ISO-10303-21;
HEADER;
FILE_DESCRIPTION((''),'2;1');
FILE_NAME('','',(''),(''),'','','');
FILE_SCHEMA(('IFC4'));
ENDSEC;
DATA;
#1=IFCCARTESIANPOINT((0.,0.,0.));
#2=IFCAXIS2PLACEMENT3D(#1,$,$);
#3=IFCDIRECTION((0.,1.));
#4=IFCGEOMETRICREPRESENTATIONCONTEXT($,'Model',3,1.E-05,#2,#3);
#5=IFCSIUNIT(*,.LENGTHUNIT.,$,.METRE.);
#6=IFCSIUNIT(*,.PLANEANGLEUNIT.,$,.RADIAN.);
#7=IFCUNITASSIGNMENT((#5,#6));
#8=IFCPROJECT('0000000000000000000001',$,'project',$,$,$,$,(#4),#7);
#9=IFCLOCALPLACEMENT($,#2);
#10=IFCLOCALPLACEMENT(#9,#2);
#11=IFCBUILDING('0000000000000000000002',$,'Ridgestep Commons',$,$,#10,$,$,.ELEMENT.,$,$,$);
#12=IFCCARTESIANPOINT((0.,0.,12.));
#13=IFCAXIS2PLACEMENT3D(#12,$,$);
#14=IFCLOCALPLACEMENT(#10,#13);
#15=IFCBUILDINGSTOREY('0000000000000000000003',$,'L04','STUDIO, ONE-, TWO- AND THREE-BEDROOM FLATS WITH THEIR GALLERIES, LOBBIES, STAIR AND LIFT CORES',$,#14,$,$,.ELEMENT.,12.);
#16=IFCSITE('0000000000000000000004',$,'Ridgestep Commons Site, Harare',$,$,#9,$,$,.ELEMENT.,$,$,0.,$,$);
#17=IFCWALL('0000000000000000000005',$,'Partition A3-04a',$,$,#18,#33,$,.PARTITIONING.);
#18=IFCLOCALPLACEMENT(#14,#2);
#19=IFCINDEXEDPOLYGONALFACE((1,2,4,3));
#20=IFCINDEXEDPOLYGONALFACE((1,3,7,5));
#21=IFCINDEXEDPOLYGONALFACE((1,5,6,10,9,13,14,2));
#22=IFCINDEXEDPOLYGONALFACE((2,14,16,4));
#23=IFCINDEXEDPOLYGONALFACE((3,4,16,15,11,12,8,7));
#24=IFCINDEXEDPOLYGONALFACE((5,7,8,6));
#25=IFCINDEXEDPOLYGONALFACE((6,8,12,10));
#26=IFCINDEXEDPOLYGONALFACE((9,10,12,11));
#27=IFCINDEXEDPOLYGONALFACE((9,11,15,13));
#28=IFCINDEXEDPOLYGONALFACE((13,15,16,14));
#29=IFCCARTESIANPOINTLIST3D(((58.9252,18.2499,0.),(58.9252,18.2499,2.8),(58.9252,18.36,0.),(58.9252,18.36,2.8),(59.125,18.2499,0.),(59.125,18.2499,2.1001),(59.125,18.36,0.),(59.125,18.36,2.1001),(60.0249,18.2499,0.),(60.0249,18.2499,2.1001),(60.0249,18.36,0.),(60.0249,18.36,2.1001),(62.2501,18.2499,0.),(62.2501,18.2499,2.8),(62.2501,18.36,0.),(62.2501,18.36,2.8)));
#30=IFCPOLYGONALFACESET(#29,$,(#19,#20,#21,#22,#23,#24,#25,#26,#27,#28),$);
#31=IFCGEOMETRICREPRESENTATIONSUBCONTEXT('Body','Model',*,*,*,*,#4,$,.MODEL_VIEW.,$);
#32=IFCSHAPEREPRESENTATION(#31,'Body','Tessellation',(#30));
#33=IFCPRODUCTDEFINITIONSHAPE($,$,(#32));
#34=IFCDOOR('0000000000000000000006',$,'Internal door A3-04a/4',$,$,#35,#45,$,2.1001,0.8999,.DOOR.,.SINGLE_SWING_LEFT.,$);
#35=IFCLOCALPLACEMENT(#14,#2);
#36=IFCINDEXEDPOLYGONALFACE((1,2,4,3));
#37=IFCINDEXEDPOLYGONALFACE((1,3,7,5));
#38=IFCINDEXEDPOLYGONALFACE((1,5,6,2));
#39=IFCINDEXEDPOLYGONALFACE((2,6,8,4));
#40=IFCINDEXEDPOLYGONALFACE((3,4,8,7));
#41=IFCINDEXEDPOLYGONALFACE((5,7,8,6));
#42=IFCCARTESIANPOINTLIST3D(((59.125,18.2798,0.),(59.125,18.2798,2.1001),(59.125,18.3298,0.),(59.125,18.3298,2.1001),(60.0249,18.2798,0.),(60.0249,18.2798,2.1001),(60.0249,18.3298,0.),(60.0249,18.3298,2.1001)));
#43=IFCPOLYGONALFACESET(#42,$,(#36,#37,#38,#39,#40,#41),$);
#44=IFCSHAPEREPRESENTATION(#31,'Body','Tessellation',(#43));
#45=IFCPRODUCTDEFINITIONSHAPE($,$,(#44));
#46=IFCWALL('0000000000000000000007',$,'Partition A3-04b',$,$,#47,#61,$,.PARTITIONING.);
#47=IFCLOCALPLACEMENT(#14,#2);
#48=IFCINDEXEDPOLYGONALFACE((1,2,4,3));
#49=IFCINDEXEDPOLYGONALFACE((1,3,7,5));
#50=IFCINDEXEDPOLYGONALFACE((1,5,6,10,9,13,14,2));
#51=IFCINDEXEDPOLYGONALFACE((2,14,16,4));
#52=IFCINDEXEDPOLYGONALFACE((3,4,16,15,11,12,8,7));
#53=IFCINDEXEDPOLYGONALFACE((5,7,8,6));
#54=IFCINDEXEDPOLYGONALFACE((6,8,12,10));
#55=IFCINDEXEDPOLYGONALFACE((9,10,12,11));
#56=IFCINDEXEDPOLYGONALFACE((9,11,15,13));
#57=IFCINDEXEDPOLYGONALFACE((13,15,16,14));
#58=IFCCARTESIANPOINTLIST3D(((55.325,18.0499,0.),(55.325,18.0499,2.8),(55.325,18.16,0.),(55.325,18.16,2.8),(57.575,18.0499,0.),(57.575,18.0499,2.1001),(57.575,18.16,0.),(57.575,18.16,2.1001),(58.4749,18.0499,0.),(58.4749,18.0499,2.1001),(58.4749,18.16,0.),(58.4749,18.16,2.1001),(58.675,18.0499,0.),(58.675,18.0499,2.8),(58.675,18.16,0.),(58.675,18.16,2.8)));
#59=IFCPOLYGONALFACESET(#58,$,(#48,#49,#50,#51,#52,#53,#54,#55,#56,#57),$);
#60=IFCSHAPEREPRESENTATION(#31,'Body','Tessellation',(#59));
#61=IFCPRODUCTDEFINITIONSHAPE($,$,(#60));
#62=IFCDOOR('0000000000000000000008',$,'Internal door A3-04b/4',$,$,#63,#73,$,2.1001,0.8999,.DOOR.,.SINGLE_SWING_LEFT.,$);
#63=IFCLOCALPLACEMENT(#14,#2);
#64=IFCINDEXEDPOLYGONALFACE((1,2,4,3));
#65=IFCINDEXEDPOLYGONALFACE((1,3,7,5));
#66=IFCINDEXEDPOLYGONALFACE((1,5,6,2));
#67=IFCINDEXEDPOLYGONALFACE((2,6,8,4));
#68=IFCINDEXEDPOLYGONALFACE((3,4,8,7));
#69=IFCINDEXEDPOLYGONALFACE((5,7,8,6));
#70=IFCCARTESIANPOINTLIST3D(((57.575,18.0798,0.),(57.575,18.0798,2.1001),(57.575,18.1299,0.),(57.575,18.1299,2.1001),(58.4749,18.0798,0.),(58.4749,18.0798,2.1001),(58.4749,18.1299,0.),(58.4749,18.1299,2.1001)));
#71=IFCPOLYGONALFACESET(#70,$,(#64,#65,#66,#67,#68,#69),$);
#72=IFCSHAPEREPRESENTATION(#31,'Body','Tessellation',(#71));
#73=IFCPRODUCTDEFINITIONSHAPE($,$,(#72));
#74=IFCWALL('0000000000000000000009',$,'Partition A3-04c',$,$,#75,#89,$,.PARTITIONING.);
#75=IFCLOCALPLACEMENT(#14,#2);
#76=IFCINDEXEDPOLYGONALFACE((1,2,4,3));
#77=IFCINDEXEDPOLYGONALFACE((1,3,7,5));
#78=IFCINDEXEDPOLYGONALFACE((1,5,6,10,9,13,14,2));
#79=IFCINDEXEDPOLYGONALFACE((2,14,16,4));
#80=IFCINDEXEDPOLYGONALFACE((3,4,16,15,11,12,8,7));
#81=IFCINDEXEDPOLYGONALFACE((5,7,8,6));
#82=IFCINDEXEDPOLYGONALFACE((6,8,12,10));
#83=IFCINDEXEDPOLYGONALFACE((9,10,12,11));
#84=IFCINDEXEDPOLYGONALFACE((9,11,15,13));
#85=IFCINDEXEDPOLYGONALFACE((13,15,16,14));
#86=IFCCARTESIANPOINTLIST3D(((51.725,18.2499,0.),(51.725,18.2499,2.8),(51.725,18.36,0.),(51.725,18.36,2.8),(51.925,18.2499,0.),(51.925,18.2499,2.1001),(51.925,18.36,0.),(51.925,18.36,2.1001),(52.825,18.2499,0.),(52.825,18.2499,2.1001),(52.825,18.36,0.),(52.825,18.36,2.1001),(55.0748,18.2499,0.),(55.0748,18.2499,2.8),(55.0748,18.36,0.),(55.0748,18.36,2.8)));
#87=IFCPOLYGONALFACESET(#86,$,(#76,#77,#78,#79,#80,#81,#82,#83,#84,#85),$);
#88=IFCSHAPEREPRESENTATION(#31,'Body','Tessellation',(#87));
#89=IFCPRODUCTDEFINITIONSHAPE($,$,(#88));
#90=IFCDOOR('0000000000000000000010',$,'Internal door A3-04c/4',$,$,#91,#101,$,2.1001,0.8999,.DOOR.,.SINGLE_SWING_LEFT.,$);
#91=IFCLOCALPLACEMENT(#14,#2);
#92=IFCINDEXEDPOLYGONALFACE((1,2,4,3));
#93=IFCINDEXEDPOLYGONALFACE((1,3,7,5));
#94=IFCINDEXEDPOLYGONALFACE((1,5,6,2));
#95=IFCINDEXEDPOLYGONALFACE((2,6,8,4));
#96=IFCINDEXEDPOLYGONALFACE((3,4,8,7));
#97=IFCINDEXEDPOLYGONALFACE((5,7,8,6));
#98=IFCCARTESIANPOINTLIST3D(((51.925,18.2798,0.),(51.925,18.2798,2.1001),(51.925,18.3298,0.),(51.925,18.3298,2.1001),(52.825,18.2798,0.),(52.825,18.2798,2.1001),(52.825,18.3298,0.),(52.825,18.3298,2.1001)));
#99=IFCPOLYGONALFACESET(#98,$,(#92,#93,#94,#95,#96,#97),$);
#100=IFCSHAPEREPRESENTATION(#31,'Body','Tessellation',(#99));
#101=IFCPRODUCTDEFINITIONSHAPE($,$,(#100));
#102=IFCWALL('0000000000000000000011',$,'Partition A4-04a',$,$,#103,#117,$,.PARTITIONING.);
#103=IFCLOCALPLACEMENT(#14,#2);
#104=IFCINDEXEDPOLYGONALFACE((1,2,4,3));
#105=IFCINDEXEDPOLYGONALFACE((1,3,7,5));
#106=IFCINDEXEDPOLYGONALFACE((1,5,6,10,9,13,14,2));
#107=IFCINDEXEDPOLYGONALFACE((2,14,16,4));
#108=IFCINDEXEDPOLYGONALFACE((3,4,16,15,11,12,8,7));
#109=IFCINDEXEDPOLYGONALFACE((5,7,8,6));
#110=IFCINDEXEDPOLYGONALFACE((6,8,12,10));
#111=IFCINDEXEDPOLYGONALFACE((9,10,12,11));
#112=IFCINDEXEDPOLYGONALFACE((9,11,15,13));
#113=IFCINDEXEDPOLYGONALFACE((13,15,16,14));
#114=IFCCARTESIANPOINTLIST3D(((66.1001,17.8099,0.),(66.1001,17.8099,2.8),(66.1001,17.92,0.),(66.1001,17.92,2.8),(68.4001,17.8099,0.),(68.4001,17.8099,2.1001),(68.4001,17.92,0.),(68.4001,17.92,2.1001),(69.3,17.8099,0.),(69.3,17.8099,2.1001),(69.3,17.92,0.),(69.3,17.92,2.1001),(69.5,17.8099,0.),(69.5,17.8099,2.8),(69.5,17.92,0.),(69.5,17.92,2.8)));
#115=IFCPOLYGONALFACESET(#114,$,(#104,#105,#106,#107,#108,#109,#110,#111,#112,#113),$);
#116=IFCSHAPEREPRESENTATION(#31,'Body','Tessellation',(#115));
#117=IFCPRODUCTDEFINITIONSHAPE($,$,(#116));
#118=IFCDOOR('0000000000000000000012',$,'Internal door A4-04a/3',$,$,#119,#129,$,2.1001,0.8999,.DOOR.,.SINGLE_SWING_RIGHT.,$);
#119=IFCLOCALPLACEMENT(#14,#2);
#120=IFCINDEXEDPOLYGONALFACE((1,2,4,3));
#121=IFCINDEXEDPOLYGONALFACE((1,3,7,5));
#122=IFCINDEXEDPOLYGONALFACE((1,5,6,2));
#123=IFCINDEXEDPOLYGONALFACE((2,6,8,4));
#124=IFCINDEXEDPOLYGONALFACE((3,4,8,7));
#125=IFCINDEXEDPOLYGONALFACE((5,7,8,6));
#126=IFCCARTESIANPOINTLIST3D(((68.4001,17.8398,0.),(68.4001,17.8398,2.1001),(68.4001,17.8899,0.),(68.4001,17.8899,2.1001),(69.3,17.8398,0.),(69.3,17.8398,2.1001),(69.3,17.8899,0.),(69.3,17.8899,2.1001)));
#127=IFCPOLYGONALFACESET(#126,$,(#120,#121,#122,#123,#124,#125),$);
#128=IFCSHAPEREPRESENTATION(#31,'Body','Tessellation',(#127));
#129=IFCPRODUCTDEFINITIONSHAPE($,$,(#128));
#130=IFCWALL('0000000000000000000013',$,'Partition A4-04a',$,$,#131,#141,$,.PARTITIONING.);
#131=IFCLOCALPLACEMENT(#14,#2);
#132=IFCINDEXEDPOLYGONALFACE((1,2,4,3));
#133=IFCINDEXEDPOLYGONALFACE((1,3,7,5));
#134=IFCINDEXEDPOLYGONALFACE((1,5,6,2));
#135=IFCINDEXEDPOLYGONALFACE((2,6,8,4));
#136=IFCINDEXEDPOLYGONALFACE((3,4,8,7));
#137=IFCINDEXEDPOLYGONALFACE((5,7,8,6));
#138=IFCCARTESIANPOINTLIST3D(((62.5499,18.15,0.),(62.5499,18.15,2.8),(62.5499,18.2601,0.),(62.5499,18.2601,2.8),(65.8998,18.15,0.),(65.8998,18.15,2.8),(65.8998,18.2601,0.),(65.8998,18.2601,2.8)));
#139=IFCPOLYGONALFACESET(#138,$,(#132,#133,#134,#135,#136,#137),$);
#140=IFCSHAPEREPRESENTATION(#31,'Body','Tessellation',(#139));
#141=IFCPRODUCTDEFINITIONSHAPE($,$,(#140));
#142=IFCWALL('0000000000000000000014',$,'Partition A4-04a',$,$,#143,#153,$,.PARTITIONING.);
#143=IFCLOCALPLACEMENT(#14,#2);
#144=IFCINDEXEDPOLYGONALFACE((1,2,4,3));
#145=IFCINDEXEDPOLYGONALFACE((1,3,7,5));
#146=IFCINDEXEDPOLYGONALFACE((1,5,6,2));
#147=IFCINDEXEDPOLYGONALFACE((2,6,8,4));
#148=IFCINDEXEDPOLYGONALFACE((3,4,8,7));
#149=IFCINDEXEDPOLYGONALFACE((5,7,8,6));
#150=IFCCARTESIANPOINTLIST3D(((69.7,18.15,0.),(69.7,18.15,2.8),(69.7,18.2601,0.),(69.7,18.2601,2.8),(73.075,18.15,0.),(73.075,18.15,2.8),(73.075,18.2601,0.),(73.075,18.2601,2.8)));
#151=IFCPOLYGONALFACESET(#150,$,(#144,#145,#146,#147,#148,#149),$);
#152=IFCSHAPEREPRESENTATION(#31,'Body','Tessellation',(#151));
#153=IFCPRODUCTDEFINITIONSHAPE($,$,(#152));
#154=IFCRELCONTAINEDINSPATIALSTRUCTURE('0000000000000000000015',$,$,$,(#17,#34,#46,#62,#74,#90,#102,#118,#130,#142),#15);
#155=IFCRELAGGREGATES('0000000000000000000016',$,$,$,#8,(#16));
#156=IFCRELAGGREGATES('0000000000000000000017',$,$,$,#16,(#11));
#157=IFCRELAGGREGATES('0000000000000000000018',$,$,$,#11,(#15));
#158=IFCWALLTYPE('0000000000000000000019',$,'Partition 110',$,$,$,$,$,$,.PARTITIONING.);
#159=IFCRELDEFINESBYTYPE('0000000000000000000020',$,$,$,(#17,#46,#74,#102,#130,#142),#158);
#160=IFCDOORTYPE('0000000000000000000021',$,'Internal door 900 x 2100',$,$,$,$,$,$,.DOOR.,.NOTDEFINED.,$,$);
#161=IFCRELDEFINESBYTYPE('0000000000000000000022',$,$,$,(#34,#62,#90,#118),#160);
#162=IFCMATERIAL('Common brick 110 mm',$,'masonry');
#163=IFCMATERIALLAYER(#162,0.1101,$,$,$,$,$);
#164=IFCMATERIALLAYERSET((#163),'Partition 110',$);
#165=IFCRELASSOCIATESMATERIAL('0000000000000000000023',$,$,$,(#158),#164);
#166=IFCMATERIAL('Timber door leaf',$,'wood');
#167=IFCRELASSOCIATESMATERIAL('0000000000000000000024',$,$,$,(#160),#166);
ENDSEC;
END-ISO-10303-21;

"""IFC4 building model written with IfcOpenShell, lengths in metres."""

from ifc_helpers import new_model, si_unit, direction, frame, frame_2d, origin, place, context, subcontext, project, spatial, rectangle, extrude, material, layer, layer_set, type_object, element, fill, save


model = new_model("IFC4")

# Units and contexts
model_context = context("Model", 3, precision=1e-05, world=origin(), true_north=direction((0.0, 1.0)))
body_context = subcontext(model_context, "Body", "Model", "MODEL_VIEW")
ifc_project = project(units=[si_unit("LENGTHUNIT", "METRE"), si_unit("PLANEANGLEUNIT", "RADIAN")], contexts=[model_context])

# Site, building, storey
site_placement = place(None, origin())
site = spatial("IfcSite", under=ifc_project, at=site_placement, Name="Ridgestep Commons Site, Harare", CompositionType="ELEMENT", RefElevation=0.0)
building_placement = place(site_placement, origin())
building = spatial("IfcBuilding", under=site, at=building_placement, Name="Ridgestep Commons", CompositionType="ELEMENT")
storey_placement = place(building_placement, frame((0.0, 0.0, 12.0)))
storey = spatial("IfcBuildingStorey", under=building, at=storey_placement, Name="L04", Description="STUDIO, ONE-, TWO- AND THREE-BEDROOM FLATS WITH THEIR GALLERIES, LOBBIES, STAIR AND LIFT CORES", CompositionType="ELEMENT", Elevation=12.0)

# Walls, openings, doors
ifc_material_1 = material(Name="Common brick 110 mm", Category="masonry")
ifc_layer = layer(ifc_material_1, 0.1101)
ifc_layer_set = layer_set([ifc_layer], Name="Partition 110")
wall_type = type_object("IfcWallType", Name="Partition 110", PredefinedType="PARTITIONING", material=ifc_layer_set)
wall_1_placement = place(storey_placement, frame((58.925, 18.3049, 0.0), z_axis=(0.0, 0.0, 1.0), x_axis=(1.0, 0.0, 0.0)))
wall_1 = element("IfcWall", 1, at=wall_1_placement, inside=storey, type_object=wall_type, Name="Partition A3-04a", PredefinedType="PARTITIONING", context=body_context, shape_type="SweptSolid", body=[
    extrude(rectangle(XDim=3.325, YDim=0.1101, at=frame_2d((1.6626, 0.0))), origin(), (0.0, 0.0, 1.0), 2.8),
])
opening_1_placement = place(wall_1_placement, frame((0.2, 0.0, 0.0)))
opening_1 = element("IfcOpeningElement", 2, at=opening_1_placement, cuts=wall_1, PredefinedType="OPENING", context=body_context, shape_type="SweptSolid", body=[
    extrude(rectangle(XDim=0.8999, YDim=2.1001, at=frame_2d((0.45, 1.05))), frame((0.0, 0.0649, 0.0), z_axis=(0.0, -1.0, 0.0), x_axis=(1.0, 0.0, 0.0)), (0.0, 0.0, 1.0), 0.1301),
])
ifc_material_2 = material(Name="Timber door leaf", Category="wood")
door_type = type_object("IfcDoorType", Name="Internal door 900 x 2100", OperationType="NOTDEFINED", PredefinedType="DOOR", material=ifc_material_2)
door_1_placement = place(opening_1_placement, origin())
door_1 = element("IfcDoor", 3, at=door_1_placement, inside=storey, type_object=door_type, Name="Internal door A3-04a/4", OperationType="SINGLE_SWING_LEFT", OverallHeight=2.1001, OverallWidth=0.8999, PredefinedType="DOOR", context=body_context, shape_type="SweptSolid", body=[
    extrude(rectangle(XDim=0.8999, YDim=2.1001, at=frame_2d((0.45, 1.05))), frame((0.0, 0.0249, 0.0), z_axis=(0.0, -1.0, 0.0), x_axis=(1.0, 0.0, 0.0)), (0.0, 0.0, 1.0), 0.05),
])
fill(opening_1, door_1)
wall_2_placement = place(storey_placement, frame((55.325, 18.105, 0.0), z_axis=(0.0, 0.0, 1.0), x_axis=(1.0, 0.0, 0.0)))
wall_2 = element("IfcWall", 4, at=wall_2_placement, inside=storey, type_object=wall_type, Name="Partition A3-04b", PredefinedType="PARTITIONING", context=body_context, shape_type="SweptSolid", body=[
    extrude(rectangle(XDim=3.3501, YDim=0.1101, at=frame_2d((1.675, 0.0))), origin(), (0.0, 0.0, 1.0), 2.8),
])
opening_2_placement = place(wall_2_placement, frame((2.25, 0.0, 0.0)))
opening_2 = element("IfcOpeningElement", 5, at=opening_2_placement, cuts=wall_2, PredefinedType="OPENING", context=body_context, shape_type="SweptSolid", body=[
    extrude(rectangle(XDim=0.8999, YDim=2.1001, at=frame_2d((0.45, 1.05))), frame((0.0, 0.0649, 0.0), z_axis=(0.0, -1.0, 0.0), x_axis=(1.0, 0.0, 0.0)), (0.0, 0.0, 1.0), 0.1301),
])
door_2_placement = place(opening_2_placement, origin())
door_2 = element("IfcDoor", 6, at=door_2_placement, inside=storey, type_object=door_type, Name="Internal door A3-04b/4", OperationType="SINGLE_SWING_LEFT", OverallHeight=2.1001, OverallWidth=0.8999, PredefinedType="DOOR", context=body_context, shape_type="SweptSolid", body=[
    extrude(rectangle(XDim=0.8999, YDim=2.1001, at=frame_2d((0.45, 1.05))), frame((0.0, 0.0249, 0.0), z_axis=(0.0, -1.0, 0.0), x_axis=(1.0, 0.0, 0.0)), (0.0, 0.0, 1.0), 0.05),
])
fill(opening_2, door_2)
wall_3_placement = place(storey_placement, frame((51.7251, 18.3049, 0.0), z_axis=(0.0, 0.0, 1.0), x_axis=(1.0, 0.0, 0.0)))
wall_3 = element("IfcWall", 7, at=wall_3_placement, inside=storey, type_object=wall_type, Name="Partition A3-04c", PredefinedType="PARTITIONING", context=body_context, shape_type="SweptSolid", body=[
    extrude(rectangle(XDim=3.3499, YDim=0.1101, at=frame_2d((1.6748, 0.0))), origin(), (0.0, 0.0, 1.0), 2.8),
])
opening_3_placement = place(wall_3_placement, frame((0.2, 0.0, 0.0)))
opening_3 = element("IfcOpeningElement", 8, at=opening_3_placement, cuts=wall_3, PredefinedType="OPENING", context=body_context, shape_type="SweptSolid", body=[
    extrude(rectangle(XDim=0.8999, YDim=2.1001, at=frame_2d((0.45, 1.05))), frame((0.0, 0.0649, 0.0), z_axis=(0.0, -1.0, 0.0), x_axis=(1.0, 0.0, 0.0)), (0.0, 0.0, 1.0), 0.1301),
])
door_3_placement = place(opening_3_placement, origin())
door_3 = element("IfcDoor", 9, at=door_3_placement, inside=storey, type_object=door_type, Name="Internal door A3-04c/4", OperationType="SINGLE_SWING_LEFT", OverallHeight=2.1001, OverallWidth=0.8999, PredefinedType="DOOR", context=body_context, shape_type="SweptSolid", body=[
    extrude(rectangle(XDim=0.8999, YDim=2.1001, at=frame_2d((0.45, 1.05))), frame((0.0, 0.0249, 0.0), z_axis=(0.0, -1.0, 0.0), x_axis=(1.0, 0.0, 0.0)), (0.0, 0.0, 1.0), 0.05),
])
fill(opening_3, door_3)
wall_4_placement = place(storey_placement, frame((66.1001, 17.865, 0.0), z_axis=(0.0, 0.0, 1.0), x_axis=(1.0, 0.0, 0.0)))
wall_4 = element("IfcWall", 10, at=wall_4_placement, inside=storey, type_object=wall_type, Name="Partition A4-04a", PredefinedType="PARTITIONING", context=body_context, shape_type="SweptSolid", body=[
    extrude(rectangle(XDim=3.3999, YDim=0.1101, at=frame_2d((1.7, 0.0))), origin(), (0.0, 0.0, 1.0), 2.8),
])
opening_4_placement = place(wall_4_placement, frame((2.3, 0.0, 0.0)))
opening_4 = element("IfcOpeningElement", 11, at=opening_4_placement, cuts=wall_4, PredefinedType="OPENING", context=body_context, shape_type="SweptSolid", body=[
    extrude(rectangle(XDim=0.8999, YDim=2.1001, at=frame_2d((0.45, 1.05))), frame((0.0, 0.0649, 0.0), z_axis=(0.0, -1.0, 0.0), x_axis=(1.0, 0.0, 0.0)), (0.0, 0.0, 1.0), 0.1301),
])
door_4_placement = place(opening_4_placement, origin())
door_4 = element("IfcDoor", 12, at=door_4_placement, inside=storey, type_object=door_type, Name="Internal door A4-04a/3", OperationType="SINGLE_SWING_RIGHT", OverallHeight=2.1001, OverallWidth=0.8999, PredefinedType="DOOR", context=body_context, shape_type="SweptSolid", body=[
    extrude(rectangle(XDim=0.8999, YDim=2.1001, at=frame_2d((0.45, 1.05))), frame((0.0, 0.0249, 0.0), z_axis=(0.0, -1.0, 0.0), x_axis=(1.0, 0.0, 0.0)), (0.0, 0.0, 1.0), 0.05),
])
fill(opening_4, door_4)

# Walls
wall_5_placement = place(storey_placement, frame((62.55, 18.2051, 0.0), z_axis=(0.0, 0.0, 1.0), x_axis=(1.0, 0.0, 0.0)))
element("IfcWall", 13, at=wall_5_placement, inside=storey, type_object=wall_type, Name="Partition A4-04a", PredefinedType="PARTITIONING", context=body_context, shape_type="SweptSolid", body=[
    extrude(rectangle(XDim=3.3499, YDim=0.1101, at=frame_2d((1.6748, 0.0))), origin(), (0.0, 0.0, 1.0), 2.8),
])
wall_6_placement = place(storey_placement, frame((69.7, 18.2051, 0.0), z_axis=(0.0, 0.0, 1.0), x_axis=(1.0, 0.0, 0.0)))
element("IfcWall", 14, at=wall_6_placement, inside=storey, type_object=wall_type, Name="Partition A4-04a", PredefinedType="PARTITIONING", context=body_context, shape_type="SweptSolid", body=[
    extrude(rectangle(XDim=3.375, YDim=0.1101, at=frame_2d((1.6875, 0.0))), origin(), (0.0, 0.0, 1.0), 2.8),
])

save(model, "model.ifc")
